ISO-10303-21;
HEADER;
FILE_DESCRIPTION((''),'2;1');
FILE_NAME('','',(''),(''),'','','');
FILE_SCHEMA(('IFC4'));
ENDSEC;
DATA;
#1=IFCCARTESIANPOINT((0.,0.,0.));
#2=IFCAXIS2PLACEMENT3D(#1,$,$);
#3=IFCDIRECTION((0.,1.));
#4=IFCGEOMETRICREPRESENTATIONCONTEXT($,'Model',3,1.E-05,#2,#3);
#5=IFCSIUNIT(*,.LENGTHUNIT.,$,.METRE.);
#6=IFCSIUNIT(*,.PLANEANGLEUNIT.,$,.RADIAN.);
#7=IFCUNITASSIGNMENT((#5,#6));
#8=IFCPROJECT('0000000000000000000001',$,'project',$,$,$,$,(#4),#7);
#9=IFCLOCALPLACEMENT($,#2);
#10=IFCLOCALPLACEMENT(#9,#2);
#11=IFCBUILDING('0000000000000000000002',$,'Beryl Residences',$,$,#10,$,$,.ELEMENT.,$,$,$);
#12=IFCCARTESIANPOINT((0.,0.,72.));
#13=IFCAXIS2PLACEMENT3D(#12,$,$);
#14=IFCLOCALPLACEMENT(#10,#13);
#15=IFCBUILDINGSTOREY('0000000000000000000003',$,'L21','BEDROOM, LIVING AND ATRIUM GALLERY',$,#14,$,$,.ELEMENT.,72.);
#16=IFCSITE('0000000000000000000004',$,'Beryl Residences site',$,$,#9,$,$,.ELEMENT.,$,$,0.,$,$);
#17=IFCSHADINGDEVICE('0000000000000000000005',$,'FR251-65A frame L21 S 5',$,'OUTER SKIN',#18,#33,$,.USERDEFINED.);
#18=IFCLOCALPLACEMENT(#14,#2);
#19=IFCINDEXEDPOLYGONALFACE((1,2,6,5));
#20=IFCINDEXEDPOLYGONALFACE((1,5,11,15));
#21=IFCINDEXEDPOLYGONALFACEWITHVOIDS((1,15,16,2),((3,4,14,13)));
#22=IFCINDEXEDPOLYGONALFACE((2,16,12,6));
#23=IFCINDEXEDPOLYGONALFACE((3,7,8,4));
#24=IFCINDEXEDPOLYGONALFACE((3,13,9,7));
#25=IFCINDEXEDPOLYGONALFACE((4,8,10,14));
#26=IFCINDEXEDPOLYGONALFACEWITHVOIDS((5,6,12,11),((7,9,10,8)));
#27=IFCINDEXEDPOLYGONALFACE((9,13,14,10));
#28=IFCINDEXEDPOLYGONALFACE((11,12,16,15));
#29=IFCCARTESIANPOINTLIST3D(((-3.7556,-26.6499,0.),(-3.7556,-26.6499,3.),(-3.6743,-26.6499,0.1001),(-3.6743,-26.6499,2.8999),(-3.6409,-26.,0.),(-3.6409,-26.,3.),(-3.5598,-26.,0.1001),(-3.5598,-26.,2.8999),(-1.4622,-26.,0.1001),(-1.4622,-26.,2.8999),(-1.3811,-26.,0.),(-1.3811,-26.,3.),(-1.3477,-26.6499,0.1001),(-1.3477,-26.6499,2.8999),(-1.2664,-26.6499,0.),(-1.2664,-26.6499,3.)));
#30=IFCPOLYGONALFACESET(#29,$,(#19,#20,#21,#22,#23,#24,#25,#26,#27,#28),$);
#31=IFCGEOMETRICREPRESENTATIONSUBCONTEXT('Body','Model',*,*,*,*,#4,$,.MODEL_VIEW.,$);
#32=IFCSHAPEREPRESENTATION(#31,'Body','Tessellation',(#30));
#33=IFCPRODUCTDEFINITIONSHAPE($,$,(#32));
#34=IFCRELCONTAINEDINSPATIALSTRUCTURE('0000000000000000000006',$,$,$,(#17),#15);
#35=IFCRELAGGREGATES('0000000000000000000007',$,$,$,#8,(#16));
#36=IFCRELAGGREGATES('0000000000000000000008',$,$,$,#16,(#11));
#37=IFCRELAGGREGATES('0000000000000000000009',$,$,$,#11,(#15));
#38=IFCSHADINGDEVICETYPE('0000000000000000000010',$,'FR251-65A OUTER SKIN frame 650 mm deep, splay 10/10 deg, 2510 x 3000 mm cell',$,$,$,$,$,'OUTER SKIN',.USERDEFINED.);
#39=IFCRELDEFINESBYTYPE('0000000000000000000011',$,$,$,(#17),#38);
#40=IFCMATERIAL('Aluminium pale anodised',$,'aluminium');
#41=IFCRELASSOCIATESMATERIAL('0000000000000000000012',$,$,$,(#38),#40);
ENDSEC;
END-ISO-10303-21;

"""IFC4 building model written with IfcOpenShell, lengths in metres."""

from ifc_helpers import new_model, entity, si_unit, direction, frame, origin, place, context, subcontext, project, spatial, source, transform, mapped, material, type_object, type_shapes, element, save


model = new_model("IFC4")

# Units and contexts
model_context = context("Model", 3, precision=1e-05, world=origin(), true_north=direction((0.0, 1.0)))
body_context = subcontext(model_context, "Body", "Model", "MODEL_VIEW")
ifc_project = project(units=[si_unit("LENGTHUNIT", "METRE"), si_unit("PLANEANGLEUNIT", "RADIAN")], contexts=[model_context])

# Site, building, storey
site_placement = place(None, origin())
site = spatial("IfcSite", under=ifc_project, at=site_placement, Name="Beryl Residences site", CompositionType="ELEMENT", RefElevation=0.0)
building_placement = place(site_placement, origin())
building = spatial("IfcBuilding", under=site, at=building_placement, Name="Beryl Residences", CompositionType="ELEMENT")
storey_placement = place(building_placement, frame((0.0, 0.0, 72.0)))
storey = spatial("IfcBuildingStorey", under=building, at=storey_placement, Name="L21", Description="BEDROOM, LIVING AND ATRIUM GALLERY", CompositionType="ELEMENT", Elevation=72.0)

# Shading device
ifc_material_1 = material(Name="Aluminium pale anodised", Category="aluminium")
shading_device_type_1 = type_object("IfcShadingDeviceType", Name="FR251-65A OUTER SKIN frame 650 mm deep, splay 10/10 deg, 2510 x 3000 mm cell", ElementType="OUTER SKIN", PredefinedType="USERDEFINED", material=ifc_material_1)
cartesian_point_1 = entity("IfcCartesianPoint", [-1.1299, 0.0])
cartesian_point_2 = entity("IfcCartesianPoint", [-1.0488, 0.1001])
cartesian_point_3 = entity("IfcCartesianPoint", [-1.2446, 0.0])
cartesian_point_4 = entity("IfcCartesianPoint", [-1.1633, 0.1001])
shared_shape_1 = source(origin(), body_context, "Body", "SweptSolid", [
    entity("IfcExtrudedAreaSolidTapered", entity("IfcArbitraryProfileDefWithVoids", "AREA", None, entity("IfcPolyline", [cartesian_point_1, entity("IfcCartesianPoint", [1.1299, 0.0]), entity("IfcCartesianPoint", [1.1299, 3.0]), entity("IfcCartesianPoint", [-1.1299, 3.0]), cartesian_point_1]), [entity("IfcPolyline", [cartesian_point_2, entity("IfcCartesianPoint", [1.0488, 0.1001]), entity("IfcCartesianPoint", [1.0488, 2.8999]), entity("IfcCartesianPoint", [-1.0488, 2.8999]), cartesian_point_2])]), entity("IfcAxis2Placement3D", entity("IfcCartesianPoint", [0.0, 0.0, 0.0]), entity("IfcDirection", [0.0, 1.0, 0.0]), entity("IfcDirection", [-1.0, 0.0, 0.0])), entity("IfcDirection", [0.0, 0.0, 1.0]), 0.6499, entity("IfcArbitraryProfileDefWithVoids", "AREA", None, entity("IfcPolyline", [cartesian_point_3, entity("IfcCartesianPoint", [1.2446, 0.0]), entity("IfcCartesianPoint", [1.2446, 3.0]), entity("IfcCartesianPoint", [-1.2446, 3.0]), cartesian_point_3]), [entity("IfcPolyline", [cartesian_point_4, entity("IfcCartesianPoint", [1.1633, 0.1001]), entity("IfcCartesianPoint", [1.1633, 2.8999]), entity("IfcCartesianPoint", [-1.1633, 2.8999]), cartesian_point_4])])),
])
type_shapes(shading_device_type_1, [shared_shape_1])
for number, where, z_axis, x_axis, name in (
    (1, (-2.511, -26.0, 0.0), (0.0, 0.0, 1.0), (-1.0, 0.0, 0.0), "FR251-65A frame L21 S 5"),
):
    element("IfcShadingDevice", number, at=place(storey_placement, frame(where, z_axis=z_axis, x_axis=x_axis)), inside=storey, type_object=shading_device_type_1, Name=name, ObjectType="OUTER SKIN", PredefinedType="USERDEFINED", context=body_context, shape_type="MappedRepresentation", body=[
        mapped(shared_shape_1, transform((0.0, 0.0, 0.0))),
    ])

save(model, "model.ifc")
